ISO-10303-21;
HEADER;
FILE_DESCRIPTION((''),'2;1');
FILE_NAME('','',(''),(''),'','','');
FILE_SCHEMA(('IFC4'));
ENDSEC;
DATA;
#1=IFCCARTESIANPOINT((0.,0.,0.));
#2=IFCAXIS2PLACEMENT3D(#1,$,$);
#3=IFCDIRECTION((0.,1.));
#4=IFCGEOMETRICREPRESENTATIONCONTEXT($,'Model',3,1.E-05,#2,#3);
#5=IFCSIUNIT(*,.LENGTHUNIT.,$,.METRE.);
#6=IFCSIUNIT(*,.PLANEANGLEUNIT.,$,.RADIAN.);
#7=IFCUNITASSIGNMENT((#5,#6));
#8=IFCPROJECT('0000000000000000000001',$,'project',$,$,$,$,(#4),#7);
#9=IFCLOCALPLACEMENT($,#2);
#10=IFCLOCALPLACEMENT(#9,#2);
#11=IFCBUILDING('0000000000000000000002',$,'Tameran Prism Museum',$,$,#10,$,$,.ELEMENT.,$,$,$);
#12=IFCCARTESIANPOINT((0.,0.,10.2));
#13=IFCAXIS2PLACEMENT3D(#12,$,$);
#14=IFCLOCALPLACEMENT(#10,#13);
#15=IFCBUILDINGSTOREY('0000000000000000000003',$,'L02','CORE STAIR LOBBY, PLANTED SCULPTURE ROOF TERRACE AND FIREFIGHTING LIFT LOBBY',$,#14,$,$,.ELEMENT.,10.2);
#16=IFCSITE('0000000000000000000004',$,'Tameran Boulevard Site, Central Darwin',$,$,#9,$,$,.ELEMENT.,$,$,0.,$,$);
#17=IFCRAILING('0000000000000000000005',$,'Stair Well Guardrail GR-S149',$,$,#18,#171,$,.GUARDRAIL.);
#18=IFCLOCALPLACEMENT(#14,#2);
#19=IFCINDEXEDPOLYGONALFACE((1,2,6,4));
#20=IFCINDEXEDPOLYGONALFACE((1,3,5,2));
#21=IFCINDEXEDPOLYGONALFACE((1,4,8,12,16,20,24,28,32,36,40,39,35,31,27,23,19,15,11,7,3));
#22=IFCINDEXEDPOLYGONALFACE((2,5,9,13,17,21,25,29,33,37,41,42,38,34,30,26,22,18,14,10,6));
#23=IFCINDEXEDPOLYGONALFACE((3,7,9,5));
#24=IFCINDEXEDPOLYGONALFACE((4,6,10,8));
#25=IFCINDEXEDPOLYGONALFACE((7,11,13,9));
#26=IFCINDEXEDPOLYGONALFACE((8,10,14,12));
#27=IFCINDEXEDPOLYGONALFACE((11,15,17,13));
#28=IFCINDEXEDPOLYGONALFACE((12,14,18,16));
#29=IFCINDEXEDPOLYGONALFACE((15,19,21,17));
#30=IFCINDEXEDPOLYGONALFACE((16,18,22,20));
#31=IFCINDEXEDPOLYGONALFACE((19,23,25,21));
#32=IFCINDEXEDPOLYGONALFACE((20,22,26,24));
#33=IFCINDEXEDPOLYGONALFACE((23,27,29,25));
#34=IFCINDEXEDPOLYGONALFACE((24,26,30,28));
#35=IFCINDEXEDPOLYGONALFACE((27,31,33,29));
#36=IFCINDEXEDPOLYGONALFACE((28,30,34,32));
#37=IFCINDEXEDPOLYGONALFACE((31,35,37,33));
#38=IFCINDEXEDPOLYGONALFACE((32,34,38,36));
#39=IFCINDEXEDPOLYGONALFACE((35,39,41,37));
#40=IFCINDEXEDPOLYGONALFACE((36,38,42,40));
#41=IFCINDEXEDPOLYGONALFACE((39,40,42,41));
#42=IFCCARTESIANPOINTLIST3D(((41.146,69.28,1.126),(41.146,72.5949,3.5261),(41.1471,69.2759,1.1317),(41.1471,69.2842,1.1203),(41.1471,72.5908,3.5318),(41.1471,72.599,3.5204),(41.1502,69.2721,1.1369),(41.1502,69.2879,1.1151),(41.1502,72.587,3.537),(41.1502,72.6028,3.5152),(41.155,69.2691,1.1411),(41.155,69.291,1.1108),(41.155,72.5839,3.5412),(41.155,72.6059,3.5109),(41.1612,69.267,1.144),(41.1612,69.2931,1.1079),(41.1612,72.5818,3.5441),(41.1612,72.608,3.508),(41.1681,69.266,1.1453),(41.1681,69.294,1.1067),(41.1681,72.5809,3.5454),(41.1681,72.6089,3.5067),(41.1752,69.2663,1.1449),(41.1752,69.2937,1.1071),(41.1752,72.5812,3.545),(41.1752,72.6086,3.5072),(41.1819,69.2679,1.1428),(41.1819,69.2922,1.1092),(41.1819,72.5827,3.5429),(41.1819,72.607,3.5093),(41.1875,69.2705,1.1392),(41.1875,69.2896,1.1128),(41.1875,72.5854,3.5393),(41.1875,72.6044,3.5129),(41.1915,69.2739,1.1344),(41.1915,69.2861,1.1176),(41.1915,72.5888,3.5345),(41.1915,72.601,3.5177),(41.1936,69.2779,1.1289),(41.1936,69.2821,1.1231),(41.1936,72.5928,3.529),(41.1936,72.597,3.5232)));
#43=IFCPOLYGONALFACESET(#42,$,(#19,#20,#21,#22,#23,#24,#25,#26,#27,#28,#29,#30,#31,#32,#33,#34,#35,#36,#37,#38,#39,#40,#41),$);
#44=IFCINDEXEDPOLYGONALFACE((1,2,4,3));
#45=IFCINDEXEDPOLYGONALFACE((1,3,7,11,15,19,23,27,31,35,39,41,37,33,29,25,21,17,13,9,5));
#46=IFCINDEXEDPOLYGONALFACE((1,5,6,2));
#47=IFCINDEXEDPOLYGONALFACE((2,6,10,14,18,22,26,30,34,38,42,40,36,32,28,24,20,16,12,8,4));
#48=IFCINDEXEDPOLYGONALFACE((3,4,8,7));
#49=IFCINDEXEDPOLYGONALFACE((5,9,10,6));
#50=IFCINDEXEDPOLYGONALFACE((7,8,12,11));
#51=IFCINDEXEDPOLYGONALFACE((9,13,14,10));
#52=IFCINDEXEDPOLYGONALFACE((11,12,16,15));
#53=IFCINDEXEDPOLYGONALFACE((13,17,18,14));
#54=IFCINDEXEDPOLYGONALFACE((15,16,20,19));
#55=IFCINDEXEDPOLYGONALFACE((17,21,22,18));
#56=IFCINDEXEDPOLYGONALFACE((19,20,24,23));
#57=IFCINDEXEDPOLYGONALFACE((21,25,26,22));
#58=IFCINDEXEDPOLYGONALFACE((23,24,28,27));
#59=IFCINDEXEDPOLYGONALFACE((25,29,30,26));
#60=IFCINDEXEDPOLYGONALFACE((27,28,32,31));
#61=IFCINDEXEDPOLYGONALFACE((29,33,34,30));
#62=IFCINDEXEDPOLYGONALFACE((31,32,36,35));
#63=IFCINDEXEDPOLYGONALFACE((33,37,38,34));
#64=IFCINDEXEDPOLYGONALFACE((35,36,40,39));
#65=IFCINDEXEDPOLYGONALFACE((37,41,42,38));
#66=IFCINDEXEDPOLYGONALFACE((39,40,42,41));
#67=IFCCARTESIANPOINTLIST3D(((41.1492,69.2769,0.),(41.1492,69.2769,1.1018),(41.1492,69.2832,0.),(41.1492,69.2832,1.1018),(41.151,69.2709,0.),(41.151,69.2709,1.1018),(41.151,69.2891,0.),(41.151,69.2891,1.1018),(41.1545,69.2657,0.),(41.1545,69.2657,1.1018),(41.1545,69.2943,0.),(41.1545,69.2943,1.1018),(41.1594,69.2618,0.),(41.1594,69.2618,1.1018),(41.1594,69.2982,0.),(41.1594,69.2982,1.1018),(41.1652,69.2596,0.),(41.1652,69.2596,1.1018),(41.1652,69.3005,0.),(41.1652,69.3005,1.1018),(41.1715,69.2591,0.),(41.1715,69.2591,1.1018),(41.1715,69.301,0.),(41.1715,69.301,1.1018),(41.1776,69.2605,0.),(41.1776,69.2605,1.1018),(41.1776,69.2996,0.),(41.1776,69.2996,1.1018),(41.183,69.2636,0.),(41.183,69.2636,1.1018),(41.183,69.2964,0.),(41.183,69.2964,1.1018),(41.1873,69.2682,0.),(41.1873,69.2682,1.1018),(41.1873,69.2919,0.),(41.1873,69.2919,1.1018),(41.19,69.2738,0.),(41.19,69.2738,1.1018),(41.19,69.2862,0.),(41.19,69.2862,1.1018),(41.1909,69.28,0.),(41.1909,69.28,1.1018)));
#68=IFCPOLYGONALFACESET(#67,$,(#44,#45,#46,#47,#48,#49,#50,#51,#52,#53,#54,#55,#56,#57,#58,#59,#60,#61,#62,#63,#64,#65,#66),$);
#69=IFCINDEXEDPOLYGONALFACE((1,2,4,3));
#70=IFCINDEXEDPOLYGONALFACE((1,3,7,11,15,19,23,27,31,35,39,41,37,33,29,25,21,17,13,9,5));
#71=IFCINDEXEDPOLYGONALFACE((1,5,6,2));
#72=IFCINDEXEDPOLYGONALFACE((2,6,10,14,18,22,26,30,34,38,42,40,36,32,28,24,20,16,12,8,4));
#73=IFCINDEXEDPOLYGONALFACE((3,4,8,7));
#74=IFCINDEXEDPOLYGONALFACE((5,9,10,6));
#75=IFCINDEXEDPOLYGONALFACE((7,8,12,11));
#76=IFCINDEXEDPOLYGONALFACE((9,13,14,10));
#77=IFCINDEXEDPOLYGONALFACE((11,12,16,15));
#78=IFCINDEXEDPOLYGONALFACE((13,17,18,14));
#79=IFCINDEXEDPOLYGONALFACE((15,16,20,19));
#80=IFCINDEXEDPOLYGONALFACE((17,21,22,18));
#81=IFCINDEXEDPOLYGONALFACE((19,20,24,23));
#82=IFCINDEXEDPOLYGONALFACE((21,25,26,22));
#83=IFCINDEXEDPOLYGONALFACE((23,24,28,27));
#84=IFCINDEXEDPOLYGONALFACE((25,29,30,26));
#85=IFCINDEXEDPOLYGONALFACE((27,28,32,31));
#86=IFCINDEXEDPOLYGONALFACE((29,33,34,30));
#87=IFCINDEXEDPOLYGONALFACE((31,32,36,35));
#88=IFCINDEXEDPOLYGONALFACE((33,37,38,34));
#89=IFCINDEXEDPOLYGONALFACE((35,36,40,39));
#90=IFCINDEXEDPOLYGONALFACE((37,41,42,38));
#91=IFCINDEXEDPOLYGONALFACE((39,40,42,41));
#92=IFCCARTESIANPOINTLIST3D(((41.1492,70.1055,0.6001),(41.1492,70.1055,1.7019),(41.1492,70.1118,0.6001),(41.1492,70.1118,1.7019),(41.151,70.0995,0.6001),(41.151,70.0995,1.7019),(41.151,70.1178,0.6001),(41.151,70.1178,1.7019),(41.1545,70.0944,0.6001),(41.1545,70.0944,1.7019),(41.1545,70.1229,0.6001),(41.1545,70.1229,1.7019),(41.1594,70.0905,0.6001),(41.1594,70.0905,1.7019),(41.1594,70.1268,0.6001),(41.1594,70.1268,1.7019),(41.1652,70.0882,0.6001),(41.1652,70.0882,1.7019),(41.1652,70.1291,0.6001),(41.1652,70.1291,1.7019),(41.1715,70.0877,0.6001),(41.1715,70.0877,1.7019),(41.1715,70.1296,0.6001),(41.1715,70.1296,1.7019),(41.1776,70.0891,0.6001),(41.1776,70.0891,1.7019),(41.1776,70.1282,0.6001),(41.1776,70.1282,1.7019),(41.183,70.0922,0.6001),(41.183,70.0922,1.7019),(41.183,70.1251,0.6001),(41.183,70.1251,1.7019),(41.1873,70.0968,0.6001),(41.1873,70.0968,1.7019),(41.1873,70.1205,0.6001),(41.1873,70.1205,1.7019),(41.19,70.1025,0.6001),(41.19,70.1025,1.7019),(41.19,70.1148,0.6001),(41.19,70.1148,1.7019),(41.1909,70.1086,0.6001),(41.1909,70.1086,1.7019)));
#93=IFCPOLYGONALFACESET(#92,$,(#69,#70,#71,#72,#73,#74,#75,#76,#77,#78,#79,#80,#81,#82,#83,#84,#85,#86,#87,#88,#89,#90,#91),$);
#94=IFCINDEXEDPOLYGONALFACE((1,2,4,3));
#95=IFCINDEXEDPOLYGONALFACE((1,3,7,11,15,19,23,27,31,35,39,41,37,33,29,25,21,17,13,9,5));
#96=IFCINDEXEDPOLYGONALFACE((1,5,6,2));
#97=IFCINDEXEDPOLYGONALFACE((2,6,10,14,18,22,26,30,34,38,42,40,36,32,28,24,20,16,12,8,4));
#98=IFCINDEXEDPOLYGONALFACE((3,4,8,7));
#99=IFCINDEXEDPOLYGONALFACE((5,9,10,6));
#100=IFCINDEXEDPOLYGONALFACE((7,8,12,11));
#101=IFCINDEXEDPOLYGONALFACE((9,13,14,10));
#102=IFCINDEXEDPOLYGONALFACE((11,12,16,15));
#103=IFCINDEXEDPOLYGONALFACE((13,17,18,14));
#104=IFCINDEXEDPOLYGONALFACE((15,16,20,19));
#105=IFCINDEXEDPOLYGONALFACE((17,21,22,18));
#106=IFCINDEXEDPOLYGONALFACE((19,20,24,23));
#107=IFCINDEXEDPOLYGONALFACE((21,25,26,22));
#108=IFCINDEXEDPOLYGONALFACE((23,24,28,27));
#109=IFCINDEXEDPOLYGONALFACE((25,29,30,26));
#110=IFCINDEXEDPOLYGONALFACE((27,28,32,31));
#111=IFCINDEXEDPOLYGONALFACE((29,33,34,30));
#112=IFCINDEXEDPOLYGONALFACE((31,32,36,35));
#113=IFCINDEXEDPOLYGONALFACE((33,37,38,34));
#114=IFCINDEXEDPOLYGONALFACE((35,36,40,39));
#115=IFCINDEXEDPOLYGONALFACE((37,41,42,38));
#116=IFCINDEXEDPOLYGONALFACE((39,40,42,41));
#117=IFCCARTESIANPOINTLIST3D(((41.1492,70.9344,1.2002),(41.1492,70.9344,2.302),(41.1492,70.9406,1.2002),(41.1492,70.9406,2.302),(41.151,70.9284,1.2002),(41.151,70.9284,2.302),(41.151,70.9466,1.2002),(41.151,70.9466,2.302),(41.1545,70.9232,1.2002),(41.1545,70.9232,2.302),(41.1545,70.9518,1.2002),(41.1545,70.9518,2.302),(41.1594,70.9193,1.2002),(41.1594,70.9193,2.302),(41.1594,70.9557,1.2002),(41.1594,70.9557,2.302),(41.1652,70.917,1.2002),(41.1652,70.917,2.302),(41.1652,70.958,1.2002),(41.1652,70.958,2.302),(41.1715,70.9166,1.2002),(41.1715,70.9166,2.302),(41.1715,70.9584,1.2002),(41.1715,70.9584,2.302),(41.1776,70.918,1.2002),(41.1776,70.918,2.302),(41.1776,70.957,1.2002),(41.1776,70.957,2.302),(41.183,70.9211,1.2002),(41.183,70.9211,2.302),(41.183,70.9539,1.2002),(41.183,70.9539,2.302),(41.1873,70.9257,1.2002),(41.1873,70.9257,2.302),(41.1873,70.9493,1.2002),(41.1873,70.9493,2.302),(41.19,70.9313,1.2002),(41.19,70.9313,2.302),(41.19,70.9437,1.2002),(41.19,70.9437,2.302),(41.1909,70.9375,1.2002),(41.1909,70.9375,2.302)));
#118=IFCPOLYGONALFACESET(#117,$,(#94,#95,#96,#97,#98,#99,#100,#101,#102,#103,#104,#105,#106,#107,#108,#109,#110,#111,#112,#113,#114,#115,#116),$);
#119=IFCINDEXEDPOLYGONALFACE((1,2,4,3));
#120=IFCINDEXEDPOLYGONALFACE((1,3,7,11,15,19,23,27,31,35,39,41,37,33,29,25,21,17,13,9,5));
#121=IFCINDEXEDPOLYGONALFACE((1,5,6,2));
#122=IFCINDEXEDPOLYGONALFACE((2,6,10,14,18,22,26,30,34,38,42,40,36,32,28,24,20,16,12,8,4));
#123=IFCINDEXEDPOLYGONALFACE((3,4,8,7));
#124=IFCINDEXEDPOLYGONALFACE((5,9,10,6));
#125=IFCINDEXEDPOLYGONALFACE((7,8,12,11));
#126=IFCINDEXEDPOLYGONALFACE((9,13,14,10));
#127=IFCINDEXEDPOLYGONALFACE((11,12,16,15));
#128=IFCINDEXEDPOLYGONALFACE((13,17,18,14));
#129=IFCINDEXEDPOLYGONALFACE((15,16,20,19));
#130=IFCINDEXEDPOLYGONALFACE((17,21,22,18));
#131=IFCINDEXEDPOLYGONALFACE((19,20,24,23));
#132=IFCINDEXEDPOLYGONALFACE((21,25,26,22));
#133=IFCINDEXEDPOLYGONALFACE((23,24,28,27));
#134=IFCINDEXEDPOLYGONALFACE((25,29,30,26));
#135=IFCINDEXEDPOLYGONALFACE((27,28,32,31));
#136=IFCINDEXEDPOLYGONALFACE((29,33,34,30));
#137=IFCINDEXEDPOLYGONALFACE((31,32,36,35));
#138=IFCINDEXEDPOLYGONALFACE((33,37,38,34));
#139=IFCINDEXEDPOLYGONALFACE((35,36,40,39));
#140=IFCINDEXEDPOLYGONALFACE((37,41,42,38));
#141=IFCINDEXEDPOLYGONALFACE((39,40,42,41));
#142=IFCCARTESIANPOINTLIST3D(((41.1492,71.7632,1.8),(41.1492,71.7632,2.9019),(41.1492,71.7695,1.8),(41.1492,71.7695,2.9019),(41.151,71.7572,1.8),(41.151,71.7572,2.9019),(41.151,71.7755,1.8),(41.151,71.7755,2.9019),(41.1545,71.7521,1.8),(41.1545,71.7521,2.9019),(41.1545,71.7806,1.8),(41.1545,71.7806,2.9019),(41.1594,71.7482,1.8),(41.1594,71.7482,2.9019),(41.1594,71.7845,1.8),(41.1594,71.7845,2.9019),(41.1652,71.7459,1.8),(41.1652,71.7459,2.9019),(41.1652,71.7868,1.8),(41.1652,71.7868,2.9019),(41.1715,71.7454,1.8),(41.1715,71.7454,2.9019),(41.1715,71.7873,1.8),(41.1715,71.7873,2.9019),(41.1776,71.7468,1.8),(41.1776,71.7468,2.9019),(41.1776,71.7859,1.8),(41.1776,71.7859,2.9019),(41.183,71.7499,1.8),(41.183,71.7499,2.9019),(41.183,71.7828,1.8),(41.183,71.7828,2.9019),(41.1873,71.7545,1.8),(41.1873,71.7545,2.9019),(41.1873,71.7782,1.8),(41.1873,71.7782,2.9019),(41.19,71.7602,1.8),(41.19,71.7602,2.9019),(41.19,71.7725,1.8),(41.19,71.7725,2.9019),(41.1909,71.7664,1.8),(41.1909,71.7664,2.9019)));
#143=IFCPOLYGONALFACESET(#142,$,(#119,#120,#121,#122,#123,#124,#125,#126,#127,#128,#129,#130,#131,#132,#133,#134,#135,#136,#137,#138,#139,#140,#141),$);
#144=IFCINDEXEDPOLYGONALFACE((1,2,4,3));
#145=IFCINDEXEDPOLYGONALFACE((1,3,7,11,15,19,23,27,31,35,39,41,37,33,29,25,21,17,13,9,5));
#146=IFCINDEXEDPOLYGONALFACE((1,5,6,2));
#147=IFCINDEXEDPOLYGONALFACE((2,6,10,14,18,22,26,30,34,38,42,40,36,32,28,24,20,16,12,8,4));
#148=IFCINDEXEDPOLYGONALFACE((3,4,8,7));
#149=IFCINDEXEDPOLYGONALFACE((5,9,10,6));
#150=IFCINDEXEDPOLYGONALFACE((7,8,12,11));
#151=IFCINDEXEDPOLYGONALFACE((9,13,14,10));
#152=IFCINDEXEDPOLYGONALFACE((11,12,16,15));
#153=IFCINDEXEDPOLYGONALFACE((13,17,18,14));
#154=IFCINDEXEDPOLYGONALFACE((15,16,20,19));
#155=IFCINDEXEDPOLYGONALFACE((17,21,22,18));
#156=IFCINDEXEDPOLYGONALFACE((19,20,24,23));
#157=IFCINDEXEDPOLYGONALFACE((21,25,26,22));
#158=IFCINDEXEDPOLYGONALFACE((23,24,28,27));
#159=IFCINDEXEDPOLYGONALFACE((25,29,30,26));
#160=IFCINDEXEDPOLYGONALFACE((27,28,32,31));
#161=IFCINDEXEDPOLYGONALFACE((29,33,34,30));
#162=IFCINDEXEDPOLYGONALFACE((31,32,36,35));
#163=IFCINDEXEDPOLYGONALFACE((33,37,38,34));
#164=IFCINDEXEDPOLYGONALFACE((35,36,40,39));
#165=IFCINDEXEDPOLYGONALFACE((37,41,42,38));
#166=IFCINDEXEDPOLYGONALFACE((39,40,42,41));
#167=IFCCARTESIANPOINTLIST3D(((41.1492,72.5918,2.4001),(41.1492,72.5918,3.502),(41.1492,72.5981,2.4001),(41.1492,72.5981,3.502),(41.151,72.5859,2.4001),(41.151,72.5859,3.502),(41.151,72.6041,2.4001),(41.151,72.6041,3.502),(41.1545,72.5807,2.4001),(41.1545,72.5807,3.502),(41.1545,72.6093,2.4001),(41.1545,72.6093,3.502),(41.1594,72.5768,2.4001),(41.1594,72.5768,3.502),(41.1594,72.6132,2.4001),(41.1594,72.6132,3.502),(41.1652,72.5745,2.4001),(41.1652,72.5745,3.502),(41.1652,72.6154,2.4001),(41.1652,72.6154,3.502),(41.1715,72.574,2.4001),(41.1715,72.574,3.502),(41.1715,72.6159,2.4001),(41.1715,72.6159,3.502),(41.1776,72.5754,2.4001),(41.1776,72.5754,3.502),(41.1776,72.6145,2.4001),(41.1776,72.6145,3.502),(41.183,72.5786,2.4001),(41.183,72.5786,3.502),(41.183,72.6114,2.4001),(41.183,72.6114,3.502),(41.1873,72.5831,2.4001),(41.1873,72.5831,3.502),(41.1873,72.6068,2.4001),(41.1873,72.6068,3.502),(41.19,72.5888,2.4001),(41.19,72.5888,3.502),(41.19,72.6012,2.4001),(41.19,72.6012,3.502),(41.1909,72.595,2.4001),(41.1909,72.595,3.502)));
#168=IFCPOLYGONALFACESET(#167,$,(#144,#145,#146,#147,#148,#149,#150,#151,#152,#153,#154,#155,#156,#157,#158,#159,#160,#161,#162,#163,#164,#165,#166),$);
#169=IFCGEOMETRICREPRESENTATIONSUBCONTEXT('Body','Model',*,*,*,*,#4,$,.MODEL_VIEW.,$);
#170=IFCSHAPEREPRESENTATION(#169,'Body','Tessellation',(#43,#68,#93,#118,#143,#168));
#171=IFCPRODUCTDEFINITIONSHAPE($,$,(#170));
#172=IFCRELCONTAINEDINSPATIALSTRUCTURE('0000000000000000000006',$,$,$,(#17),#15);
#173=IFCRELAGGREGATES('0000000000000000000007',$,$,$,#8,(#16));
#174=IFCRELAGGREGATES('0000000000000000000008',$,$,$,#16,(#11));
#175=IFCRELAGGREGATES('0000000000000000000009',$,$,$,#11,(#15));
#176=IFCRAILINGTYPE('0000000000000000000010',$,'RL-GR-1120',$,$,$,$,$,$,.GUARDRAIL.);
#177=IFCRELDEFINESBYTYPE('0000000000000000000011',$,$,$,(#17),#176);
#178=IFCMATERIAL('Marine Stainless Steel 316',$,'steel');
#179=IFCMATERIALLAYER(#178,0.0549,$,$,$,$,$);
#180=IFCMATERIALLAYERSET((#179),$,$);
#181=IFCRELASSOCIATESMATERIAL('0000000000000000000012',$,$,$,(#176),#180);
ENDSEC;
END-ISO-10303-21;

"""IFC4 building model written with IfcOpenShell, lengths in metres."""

from ifc_helpers import new_model, si_unit, direction, frame, origin, origin_2d, place, context, subcontext, project, spatial, circle, extrude, material, layer, layer_set, type_object, element, save


model = new_model("IFC4")

# Units and contexts
model_context = context("Model", 3, precision=1e-05, world=origin(), true_north=direction((0.0, 1.0)))
body_context = subcontext(model_context, "Body", "Model", "MODEL_VIEW")
ifc_project = project(units=[si_unit("LENGTHUNIT", "METRE"), si_unit("PLANEANGLEUNIT", "RADIAN")], contexts=[model_context])

# Site, building, storey
site_placement = place(None, origin())
site = spatial("IfcSite", under=ifc_project, at=site_placement, Name="Tameran Boulevard Site, Central Darwin", CompositionType="ELEMENT", RefElevation=0.0)
building_placement = place(site_placement, origin())
building = spatial("IfcBuilding", under=site, at=building_placement, Name="Tameran Prism Museum", CompositionType="ELEMENT")
storey_placement = place(building_placement, frame((0.0, 0.0, 10.2)))
storey = spatial("IfcBuildingStorey", under=building, at=storey_placement, Name="L02", Description="CORE STAIR LOBBY, PLANTED SCULPTURE ROOF TERRACE AND FIREFIGHTING LIFT LOBBY", CompositionType="ELEMENT", Elevation=10.2)

# Railing
ifc_material_1 = material(Name="Marine Stainless Steel 316", Category="steel")
ifc_layer_1 = layer(ifc_material_1, 0.0549)
ifc_layer_set_1 = layer_set([ifc_layer_1])
railing_type_1 = type_object("IfcRailingType", Name="RL-GR-1120", PredefinedType="GUARDRAIL", material=ifc_layer_set_1)
railing_1_placement = place(storey_placement, frame((41.1699, 69.28, 0.0)))
element("IfcRailing", 1, at=railing_1_placement, inside=storey, type_object=railing_type_1, Name="Stair Well Guardrail GR-S149", PredefinedType="GUARDRAIL", context=body_context, shape_type="SweptSolid", body=[
    extrude(circle(Radius=0.0239, at=origin_2d()), frame((0.0, 0.0, 1.126), z_axis=(0.0, 0.80998, 0.586457), x_axis=(-1.0, 0.0, 0.0)), (0.0, 0.0, 1.0), 4.0925),
    extrude(circle(Radius=0.021, at=origin_2d()), origin(), (0.0, 0.0, 1.0), 1.1018),
    extrude(circle(Radius=0.021, at=origin_2d()), frame((0.0, 0.8286, 0.6001)), (0.0, 0.0, 1.0), 1.1018),
    extrude(circle(Radius=0.021, at=origin_2d()), frame((0.0, 1.6575, 1.2002)), (0.0, 0.0, 1.0), 1.1018),
    extrude(circle(Radius=0.021, at=origin_2d()), frame((0.0, 2.4863, 1.8)), (0.0, 0.0, 1.0), 1.1018),
    extrude(circle(Radius=0.021, at=origin_2d()), frame((0.0, 3.3149, 2.4001)), (0.0, 0.0, 1.0), 1.1018),
])

save(model, "model.ifc")
